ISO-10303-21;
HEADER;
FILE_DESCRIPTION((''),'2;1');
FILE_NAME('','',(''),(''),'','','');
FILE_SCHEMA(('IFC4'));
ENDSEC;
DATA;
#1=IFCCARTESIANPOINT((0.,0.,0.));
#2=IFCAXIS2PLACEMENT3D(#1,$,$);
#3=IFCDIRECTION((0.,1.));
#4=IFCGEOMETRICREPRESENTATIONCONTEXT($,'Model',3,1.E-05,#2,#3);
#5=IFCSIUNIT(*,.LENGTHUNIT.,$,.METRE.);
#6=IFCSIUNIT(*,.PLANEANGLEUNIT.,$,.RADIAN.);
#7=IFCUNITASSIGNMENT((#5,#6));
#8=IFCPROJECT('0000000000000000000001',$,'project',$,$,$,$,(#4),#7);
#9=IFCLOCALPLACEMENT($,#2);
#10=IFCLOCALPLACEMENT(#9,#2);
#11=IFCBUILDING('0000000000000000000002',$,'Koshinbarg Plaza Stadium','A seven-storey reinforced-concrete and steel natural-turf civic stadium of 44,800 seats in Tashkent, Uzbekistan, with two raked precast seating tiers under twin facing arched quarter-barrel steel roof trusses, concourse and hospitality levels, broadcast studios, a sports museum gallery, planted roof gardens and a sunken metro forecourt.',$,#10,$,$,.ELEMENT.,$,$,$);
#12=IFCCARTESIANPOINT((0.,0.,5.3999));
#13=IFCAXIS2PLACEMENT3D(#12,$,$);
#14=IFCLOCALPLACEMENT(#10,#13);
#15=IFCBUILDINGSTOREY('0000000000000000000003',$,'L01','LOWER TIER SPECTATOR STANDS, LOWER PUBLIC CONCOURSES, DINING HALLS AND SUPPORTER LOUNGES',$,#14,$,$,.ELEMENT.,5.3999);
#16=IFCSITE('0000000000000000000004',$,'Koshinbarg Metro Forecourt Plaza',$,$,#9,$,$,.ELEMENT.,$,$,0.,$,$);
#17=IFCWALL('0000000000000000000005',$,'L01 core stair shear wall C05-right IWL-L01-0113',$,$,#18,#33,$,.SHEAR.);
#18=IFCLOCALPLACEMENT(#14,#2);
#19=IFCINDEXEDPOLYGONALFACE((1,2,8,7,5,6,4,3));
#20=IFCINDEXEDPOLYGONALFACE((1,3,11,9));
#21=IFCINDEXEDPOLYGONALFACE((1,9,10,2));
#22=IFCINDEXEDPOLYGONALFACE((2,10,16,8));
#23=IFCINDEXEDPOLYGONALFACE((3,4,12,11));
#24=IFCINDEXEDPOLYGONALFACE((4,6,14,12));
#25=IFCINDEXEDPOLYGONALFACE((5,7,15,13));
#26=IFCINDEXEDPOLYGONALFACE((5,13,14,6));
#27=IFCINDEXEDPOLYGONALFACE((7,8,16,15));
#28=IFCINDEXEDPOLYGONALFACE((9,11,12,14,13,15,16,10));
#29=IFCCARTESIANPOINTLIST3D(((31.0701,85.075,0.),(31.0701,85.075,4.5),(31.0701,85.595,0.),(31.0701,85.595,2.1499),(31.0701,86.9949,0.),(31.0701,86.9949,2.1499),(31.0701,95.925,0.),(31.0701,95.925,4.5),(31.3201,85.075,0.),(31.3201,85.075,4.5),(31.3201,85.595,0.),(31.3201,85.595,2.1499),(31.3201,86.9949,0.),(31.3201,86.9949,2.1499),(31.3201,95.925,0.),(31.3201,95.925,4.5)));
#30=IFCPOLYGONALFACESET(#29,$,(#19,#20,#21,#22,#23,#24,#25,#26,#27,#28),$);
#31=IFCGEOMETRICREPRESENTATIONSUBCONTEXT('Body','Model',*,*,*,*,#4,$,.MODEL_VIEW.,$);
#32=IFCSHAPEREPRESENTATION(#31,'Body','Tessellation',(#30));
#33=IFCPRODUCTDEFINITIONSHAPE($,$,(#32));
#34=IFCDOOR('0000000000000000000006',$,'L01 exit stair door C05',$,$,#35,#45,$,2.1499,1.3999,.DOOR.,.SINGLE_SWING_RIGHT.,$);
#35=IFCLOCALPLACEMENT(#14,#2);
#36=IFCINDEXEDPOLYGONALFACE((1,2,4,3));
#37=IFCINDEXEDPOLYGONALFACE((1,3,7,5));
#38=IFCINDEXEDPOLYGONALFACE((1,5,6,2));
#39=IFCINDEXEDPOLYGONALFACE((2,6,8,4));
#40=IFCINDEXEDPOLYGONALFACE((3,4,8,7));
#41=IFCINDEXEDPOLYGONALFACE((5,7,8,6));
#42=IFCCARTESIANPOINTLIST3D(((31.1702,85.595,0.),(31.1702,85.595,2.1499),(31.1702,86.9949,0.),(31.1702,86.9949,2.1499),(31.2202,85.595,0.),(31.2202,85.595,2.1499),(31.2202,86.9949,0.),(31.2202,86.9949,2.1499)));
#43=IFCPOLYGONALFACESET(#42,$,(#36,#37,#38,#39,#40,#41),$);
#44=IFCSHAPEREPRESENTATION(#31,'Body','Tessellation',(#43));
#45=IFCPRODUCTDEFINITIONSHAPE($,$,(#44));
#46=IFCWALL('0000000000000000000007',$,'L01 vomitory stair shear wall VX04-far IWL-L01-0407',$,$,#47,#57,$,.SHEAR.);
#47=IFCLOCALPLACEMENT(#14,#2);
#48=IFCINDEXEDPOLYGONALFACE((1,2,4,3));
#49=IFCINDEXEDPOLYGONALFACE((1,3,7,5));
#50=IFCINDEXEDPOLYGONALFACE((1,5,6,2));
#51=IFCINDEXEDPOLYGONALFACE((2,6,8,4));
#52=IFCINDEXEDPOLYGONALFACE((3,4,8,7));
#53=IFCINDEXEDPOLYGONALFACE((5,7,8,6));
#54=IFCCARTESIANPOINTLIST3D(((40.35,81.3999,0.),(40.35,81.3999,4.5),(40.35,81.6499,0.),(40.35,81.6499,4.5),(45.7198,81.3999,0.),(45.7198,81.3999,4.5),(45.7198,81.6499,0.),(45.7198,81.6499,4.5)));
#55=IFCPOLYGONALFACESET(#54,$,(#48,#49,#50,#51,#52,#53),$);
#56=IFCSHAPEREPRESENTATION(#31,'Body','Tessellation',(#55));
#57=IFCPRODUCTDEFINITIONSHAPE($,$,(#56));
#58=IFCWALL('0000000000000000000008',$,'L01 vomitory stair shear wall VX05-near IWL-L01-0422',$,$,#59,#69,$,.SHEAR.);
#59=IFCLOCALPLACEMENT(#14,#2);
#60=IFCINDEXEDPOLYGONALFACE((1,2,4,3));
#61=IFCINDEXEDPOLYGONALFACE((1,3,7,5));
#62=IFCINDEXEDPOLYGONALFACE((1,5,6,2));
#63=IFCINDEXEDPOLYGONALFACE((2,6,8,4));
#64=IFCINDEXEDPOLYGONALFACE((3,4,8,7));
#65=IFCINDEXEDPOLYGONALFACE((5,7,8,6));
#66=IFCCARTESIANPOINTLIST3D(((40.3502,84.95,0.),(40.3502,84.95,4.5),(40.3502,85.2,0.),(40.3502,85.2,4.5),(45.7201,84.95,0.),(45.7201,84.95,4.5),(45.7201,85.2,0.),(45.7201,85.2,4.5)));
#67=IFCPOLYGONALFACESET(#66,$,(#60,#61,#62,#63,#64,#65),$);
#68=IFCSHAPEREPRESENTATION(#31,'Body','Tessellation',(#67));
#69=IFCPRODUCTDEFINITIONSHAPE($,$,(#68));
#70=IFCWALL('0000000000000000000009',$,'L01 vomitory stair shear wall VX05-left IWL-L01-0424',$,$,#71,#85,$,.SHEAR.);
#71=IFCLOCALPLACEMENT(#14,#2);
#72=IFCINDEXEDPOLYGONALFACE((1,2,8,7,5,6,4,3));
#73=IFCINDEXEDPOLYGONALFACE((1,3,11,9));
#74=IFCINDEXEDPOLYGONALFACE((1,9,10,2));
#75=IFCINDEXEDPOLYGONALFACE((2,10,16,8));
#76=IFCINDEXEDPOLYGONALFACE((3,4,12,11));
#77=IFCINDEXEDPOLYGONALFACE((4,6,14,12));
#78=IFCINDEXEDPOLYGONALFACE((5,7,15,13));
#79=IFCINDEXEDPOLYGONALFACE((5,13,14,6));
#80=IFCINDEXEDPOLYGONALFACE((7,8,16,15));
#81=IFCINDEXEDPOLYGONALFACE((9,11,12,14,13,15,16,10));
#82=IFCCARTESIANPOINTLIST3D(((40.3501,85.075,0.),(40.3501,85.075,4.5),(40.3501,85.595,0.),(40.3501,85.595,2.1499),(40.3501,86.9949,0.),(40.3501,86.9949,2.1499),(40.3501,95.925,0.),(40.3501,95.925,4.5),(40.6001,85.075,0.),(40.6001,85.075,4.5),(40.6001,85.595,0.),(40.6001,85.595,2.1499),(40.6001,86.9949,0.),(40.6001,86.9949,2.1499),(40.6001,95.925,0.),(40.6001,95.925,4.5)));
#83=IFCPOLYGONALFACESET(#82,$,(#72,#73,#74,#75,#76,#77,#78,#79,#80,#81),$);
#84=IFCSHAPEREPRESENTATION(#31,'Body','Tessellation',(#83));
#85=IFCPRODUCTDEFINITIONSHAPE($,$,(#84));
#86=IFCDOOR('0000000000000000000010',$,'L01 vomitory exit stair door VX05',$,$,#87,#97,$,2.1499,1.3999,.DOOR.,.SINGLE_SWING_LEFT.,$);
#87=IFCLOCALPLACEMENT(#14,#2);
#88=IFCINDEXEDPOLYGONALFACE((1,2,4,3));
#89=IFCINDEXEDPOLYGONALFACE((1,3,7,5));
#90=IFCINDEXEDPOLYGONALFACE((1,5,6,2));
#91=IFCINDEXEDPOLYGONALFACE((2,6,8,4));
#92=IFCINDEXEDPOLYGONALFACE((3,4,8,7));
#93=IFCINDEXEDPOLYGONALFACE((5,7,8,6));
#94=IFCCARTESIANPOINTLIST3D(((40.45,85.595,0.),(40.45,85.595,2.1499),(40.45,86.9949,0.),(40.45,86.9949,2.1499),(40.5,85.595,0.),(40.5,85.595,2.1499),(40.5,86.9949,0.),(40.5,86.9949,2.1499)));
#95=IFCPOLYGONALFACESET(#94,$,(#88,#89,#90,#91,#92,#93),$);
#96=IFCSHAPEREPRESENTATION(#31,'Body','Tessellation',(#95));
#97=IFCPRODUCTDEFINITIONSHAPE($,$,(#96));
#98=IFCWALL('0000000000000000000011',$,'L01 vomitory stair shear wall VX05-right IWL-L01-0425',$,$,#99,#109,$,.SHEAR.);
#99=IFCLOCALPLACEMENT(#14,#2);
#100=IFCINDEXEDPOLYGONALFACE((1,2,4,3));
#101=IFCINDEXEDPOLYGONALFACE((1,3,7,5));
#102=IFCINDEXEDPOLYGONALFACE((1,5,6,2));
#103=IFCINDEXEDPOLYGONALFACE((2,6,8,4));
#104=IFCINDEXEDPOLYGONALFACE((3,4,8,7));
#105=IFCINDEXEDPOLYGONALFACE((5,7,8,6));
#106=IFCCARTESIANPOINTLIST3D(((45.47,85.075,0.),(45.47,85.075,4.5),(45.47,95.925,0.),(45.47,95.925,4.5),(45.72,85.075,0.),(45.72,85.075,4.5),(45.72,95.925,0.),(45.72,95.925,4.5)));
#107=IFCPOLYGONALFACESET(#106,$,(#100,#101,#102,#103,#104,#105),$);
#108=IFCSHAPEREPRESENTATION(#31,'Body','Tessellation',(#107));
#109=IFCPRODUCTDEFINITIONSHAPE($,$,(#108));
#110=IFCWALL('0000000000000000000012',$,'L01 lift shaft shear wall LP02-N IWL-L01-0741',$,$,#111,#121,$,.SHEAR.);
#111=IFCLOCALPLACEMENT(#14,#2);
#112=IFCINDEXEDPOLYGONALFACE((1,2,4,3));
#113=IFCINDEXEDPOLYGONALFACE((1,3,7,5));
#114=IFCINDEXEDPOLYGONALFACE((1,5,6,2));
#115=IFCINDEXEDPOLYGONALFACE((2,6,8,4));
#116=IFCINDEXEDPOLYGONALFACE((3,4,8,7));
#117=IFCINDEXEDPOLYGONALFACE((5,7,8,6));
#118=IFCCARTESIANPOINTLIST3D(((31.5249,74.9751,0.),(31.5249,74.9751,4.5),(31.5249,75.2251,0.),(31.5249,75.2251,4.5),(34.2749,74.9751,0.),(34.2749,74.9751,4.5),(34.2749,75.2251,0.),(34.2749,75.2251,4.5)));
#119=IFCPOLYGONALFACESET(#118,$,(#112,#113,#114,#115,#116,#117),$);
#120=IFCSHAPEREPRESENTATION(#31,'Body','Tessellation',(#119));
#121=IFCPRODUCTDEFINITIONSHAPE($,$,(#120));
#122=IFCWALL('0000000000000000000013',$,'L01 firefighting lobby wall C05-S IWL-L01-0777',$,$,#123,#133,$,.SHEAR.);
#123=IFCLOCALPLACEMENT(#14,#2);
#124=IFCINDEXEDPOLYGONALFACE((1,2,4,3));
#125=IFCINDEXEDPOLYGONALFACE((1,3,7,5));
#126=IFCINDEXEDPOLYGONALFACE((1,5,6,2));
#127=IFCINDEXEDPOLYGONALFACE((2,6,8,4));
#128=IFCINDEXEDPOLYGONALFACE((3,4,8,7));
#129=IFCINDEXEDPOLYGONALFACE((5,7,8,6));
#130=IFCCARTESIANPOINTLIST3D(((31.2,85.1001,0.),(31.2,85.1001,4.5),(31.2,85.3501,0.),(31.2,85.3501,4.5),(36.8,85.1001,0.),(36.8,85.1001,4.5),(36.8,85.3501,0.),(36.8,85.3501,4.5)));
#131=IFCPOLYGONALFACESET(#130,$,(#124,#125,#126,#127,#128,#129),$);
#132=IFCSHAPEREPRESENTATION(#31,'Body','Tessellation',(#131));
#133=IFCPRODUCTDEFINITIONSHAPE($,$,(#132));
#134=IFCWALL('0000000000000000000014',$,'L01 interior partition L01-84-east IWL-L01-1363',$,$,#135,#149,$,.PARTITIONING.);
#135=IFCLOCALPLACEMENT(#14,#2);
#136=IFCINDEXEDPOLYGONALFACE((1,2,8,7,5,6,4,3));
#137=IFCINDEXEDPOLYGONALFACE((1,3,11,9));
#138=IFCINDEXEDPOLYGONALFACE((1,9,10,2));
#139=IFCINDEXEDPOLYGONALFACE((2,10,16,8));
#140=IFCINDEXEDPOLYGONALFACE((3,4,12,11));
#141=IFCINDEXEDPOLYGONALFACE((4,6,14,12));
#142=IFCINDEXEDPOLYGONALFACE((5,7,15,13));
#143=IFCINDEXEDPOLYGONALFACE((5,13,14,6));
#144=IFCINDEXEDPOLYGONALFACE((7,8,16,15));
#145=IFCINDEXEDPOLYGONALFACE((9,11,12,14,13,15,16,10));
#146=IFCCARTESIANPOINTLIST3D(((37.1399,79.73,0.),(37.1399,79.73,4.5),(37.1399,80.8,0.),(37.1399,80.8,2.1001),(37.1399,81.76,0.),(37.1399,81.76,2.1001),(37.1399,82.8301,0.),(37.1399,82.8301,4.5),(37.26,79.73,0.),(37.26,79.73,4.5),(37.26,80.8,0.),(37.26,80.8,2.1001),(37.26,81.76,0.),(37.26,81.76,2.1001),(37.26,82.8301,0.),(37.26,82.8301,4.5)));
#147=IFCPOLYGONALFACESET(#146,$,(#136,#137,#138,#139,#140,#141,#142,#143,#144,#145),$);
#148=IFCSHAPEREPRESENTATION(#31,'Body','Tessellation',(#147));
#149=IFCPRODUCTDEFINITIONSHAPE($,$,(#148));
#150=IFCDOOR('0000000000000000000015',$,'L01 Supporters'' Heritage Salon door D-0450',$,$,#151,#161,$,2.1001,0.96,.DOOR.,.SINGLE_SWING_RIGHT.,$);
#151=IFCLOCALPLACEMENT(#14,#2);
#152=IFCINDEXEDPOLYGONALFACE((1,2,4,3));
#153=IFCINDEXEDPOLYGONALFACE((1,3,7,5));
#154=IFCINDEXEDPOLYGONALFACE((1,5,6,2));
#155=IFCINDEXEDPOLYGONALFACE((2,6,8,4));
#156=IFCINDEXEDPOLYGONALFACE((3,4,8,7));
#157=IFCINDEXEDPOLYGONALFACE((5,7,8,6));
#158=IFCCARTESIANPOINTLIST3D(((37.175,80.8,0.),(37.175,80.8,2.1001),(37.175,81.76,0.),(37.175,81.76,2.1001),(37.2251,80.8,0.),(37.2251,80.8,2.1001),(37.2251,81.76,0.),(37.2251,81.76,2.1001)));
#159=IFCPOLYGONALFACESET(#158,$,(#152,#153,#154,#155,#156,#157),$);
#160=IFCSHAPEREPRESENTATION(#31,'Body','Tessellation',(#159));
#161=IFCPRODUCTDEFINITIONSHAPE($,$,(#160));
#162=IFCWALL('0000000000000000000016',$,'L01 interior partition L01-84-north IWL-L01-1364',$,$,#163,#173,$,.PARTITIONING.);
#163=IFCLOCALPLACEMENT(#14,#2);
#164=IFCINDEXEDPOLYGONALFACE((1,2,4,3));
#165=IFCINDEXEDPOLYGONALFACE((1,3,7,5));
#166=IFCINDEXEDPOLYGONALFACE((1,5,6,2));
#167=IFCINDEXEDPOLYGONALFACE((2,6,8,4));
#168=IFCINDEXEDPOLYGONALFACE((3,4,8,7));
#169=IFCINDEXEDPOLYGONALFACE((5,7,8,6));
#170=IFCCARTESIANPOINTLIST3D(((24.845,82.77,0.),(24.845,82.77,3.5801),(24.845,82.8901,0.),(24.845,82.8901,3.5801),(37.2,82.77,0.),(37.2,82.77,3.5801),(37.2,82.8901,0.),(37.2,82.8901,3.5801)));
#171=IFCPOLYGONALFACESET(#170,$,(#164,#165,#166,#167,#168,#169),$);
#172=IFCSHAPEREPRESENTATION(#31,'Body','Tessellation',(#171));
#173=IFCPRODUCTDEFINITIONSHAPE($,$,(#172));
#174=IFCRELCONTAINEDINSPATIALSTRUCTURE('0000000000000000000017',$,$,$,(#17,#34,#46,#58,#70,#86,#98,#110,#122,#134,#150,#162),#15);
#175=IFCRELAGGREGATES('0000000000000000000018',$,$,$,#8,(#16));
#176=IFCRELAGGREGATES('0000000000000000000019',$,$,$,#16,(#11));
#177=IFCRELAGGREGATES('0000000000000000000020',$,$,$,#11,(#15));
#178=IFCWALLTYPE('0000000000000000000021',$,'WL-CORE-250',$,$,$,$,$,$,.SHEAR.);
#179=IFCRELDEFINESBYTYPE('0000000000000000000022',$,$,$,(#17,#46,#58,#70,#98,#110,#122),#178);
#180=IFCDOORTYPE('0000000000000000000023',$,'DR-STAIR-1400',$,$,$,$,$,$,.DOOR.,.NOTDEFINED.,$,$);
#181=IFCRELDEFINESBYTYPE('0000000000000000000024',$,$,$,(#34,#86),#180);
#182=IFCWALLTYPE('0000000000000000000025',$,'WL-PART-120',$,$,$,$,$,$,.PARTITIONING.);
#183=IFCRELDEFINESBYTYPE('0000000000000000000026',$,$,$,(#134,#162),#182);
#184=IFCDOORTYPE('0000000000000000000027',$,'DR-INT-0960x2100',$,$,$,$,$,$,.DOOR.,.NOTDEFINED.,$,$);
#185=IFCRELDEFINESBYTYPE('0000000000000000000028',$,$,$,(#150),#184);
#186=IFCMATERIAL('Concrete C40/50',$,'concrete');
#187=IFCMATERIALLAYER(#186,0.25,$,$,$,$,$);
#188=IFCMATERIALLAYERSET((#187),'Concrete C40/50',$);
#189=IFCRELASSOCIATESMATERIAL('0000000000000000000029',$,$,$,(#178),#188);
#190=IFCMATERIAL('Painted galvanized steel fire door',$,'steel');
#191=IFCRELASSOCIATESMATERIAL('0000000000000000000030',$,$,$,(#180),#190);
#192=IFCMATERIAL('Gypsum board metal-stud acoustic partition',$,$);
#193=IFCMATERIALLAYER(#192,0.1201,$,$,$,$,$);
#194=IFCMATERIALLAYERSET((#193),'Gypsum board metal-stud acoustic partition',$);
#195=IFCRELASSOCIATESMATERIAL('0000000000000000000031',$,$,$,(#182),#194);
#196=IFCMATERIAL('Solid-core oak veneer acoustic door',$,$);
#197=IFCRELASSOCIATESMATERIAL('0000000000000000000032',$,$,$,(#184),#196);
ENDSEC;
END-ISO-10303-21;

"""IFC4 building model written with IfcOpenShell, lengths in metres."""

from ifc_helpers import new_model, si_unit, direction, frame, frame_2d, origin, place, context, subcontext, project, spatial, rectangle, extrude, material, layer, layer_set, type_object, element, fill, save


model = new_model("IFC4")

# Units and contexts
model_context = context("Model", 3, precision=1e-05, world=origin(), true_north=direction((0.0, 1.0)))
body_context = subcontext(model_context, "Body", "Model", "MODEL_VIEW")
ifc_project = project(units=[si_unit("LENGTHUNIT", "METRE"), si_unit("PLANEANGLEUNIT", "RADIAN")], contexts=[model_context])

# Site, building, storey
site_placement = place(None, origin())
site = spatial("IfcSite", under=ifc_project, at=site_placement, Name="Koshinbarg Metro Forecourt Plaza", CompositionType="ELEMENT", RefElevation=0.0)
building_placement = place(site_placement, origin())
building = spatial("IfcBuilding", under=site, at=building_placement, Name="Koshinbarg Plaza Stadium", Description="A seven-storey reinforced-concrete and steel natural-turf civic stadium of 44,800 seats in Tashkent, Uzbekistan, with two raked precast seating tiers under twin facing arched quarter-barrel steel roof trusses, concourse and hospitality levels, broadcast studios, a sports museum gallery, planted roof gardens and a sunken metro forecourt.", CompositionType="ELEMENT")
storey_placement = place(building_placement, frame((0.0, 0.0, 5.3999)))
storey = spatial("IfcBuildingStorey", under=building, at=storey_placement, Name="L01", Description="LOWER TIER SPECTATOR STANDS, LOWER PUBLIC CONCOURSES, DINING HALLS AND SUPPORTER LOUNGES", CompositionType="ELEMENT", Elevation=5.3999)

# Shared definitions
ifc_material_1 = material(Name="Concrete C40/50", Category="concrete")

# Shared definitions
ifc_layer_1 = layer(ifc_material_1, 0.25)
ifc_layer_set_1 = layer_set([ifc_layer_1], Name="Concrete C40/50")
wall_type_1 = type_object("IfcWallType", Name="WL-CORE-250", PredefinedType="SHEAR", material=ifc_layer_set_1)

# Wall, opening, door
wall_1_placement = place(storey_placement, frame((31.1951, 85.075, 0.0), z_axis=(0.0, 0.0, 1.0), x_axis=(0.0, 1.0, 0.0)))
wall_1 = element("IfcWall", 1, at=wall_1_placement, inside=storey, type_object=wall_type_1, Name="L01 core stair shear wall C05-right IWL-L01-0113", PredefinedType="SHEAR", context=body_context, shape_type="SweptSolid", body=[
    extrude(rectangle(XDim=10.8501, YDim=0.25, at=frame_2d((5.425, 0.0))), origin(), (0.0, 0.0, 1.0), 4.5),
])
opening_1_placement = place(wall_1_placement, frame((0.52, 0.0, 0.0)))
opening_1 = element("IfcOpeningElement", 2, at=opening_1_placement, cuts=wall_1, PredefinedType="OPENING", context=body_context, shape_type="SweptSolid", body=[
    extrude(rectangle(XDim=1.3999, YDim=2.1499, at=frame_2d((0.7, 1.075))), frame((0.0, 0.135, 0.0), z_axis=(0.0, -1.0, 0.0), x_axis=(1.0, 0.0, 0.0)), (0.0, 0.0, 1.0), 0.27),
])
ifc_material_2 = material(Name="Painted galvanized steel fire door", Category="steel")
door_type_1 = type_object("IfcDoorType", Name="DR-STAIR-1400", OperationType="NOTDEFINED", PredefinedType="DOOR", material=ifc_material_2)
door_1_placement = place(opening_1_placement, origin())
door_1 = element("IfcDoor", 3, at=door_1_placement, inside=storey, type_object=door_type_1, Name="L01 exit stair door C05", OperationType="SINGLE_SWING_RIGHT", OverallHeight=2.1499, OverallWidth=1.3999, PredefinedType="DOOR", context=body_context, shape_type="SweptSolid", body=[
    extrude(rectangle(XDim=1.3999, YDim=2.1499, at=frame_2d((0.7, 1.075))), frame((0.0, 0.0249, 0.0), z_axis=(0.0, -1.0, 0.0), x_axis=(1.0, 0.0, 0.0)), (0.0, 0.0, 1.0), 0.05),
])
fill(opening_1, door_1)

# Walls
for number, where, z_axis, x_axis, name in (
    (4, (45.72, 81.5249, 0.0), (0.0, 0.0, 1.0), (-1.0, 0.0, 0.0), "L01 vomitory stair shear wall VX04-far IWL-L01-0407"),
    (5, (40.3501, 85.075, 0.0), (0.0, 0.0, 1.0), (1.0, 0.0, 0.0), "L01 vomitory stair shear wall VX05-near IWL-L01-0422"),
):
    element("IfcWall", number, at=place(storey_placement, frame(where, z_axis=z_axis, x_axis=x_axis)), inside=storey, type_object=wall_type_1, Name=name, PredefinedType="SHEAR", context=body_context, shape_type="SweptSolid", body=[
        extrude(rectangle(XDim=5.3699, YDim=0.25, at=frame_2d((2.6851, 0.0))), origin(), (0.0, 0.0, 1.0), 4.5),
    ])

# Wall, opening, door
wall_2_placement = place(storey_placement, frame((40.4751, 85.075, 0.0), z_axis=(0.0, 0.0, 1.0), x_axis=(0.0, 1.0, 0.0)))
wall_2 = element("IfcWall", 6, at=wall_2_placement, inside=storey, type_object=wall_type_1, Name="L01 vomitory stair shear wall VX05-left IWL-L01-0424", PredefinedType="SHEAR", context=body_context, shape_type="SweptSolid", body=[
    extrude(rectangle(XDim=10.8501, YDim=0.25, at=frame_2d((5.425, 0.0))), origin(), (0.0, 0.0, 1.0), 4.5),
])
opening_2_placement = place(wall_2_placement, frame((0.52, 0.0, 0.0)))
opening_2 = element("IfcOpeningElement", 7, at=opening_2_placement, cuts=wall_2, PredefinedType="OPENING", context=body_context, shape_type="SweptSolid", body=[
    extrude(rectangle(XDim=1.3999, YDim=2.1499, at=frame_2d((0.7, 1.075))), frame((0.0, 0.135, 0.0), z_axis=(0.0, -1.0, 0.0), x_axis=(1.0, 0.0, 0.0)), (0.0, 0.0, 1.0), 0.27),
])
door_2_placement = place(opening_2_placement, frame((1.3999, 0.0, 0.0), z_axis=(0.0, 0.0, 1.0), x_axis=(-1.0, 0.0, 0.0)))
door_2 = element("IfcDoor", 8, at=door_2_placement, inside=storey, type_object=door_type_1, Name="L01 vomitory exit stair door VX05", OperationType="SINGLE_SWING_LEFT", OverallHeight=2.1499, OverallWidth=1.3999, PredefinedType="DOOR", context=body_context, shape_type="SweptSolid", body=[
    extrude(rectangle(XDim=1.3999, YDim=2.1499, at=frame_2d((0.7, 1.075))), frame((0.0, 0.0249, 0.0), z_axis=(0.0, -1.0, 0.0), x_axis=(1.0, 0.0, 0.0)), (0.0, 0.0, 1.0), 0.05),
])
fill(opening_2, door_2)

# Walls
wall_3_placement = place(storey_placement, frame((45.595, 85.075, 0.0), z_axis=(0.0, 0.0, 1.0), x_axis=(0.0, 1.0, 0.0)))
element("IfcWall", 9, at=wall_3_placement, inside=storey, type_object=wall_type_1, Name="L01 vomitory stair shear wall VX05-right IWL-L01-0425", PredefinedType="SHEAR", context=body_context, shape_type="SweptSolid", body=[
    extrude(rectangle(XDim=10.8501, YDim=0.25, at=frame_2d((5.425, 0.0))), origin(), (0.0, 0.0, 1.0), 4.5),
])
wall_4_placement = place(storey_placement, frame((34.2749, 75.1001, 0.0), z_axis=(0.0, 0.0, 1.0), x_axis=(-1.0, 0.0, 0.0)))
element("IfcWall", 10, at=wall_4_placement, inside=storey, type_object=wall_type_1, Name="L01 lift shaft shear wall LP02-N IWL-L01-0741", PredefinedType="SHEAR", context=body_context, shape_type="SweptSolid", body=[
    extrude(rectangle(XDim=2.75, YDim=0.25, at=frame_2d((1.375, 0.0))), origin(), (0.0, 0.0, 1.0), 4.5),
])

# Wall
wall_5_placement = place(storey_placement, frame((31.2, 85.2251, 0.0), z_axis=(0.0, 0.0, 1.0), x_axis=(1.0, 0.0, 0.0)))
element("IfcWall", 11, at=wall_5_placement, inside=storey, type_object=wall_type_1, Name="L01 firefighting lobby wall C05-S IWL-L01-0777", PredefinedType="SHEAR", context=body_context, shape_type="SweptSolid", body=[
    extrude(rectangle(XDim=5.6001, YDim=0.25, at=frame_2d((2.8, 0.0))), origin(), (0.0, 0.0, 1.0), 4.5),
])

# Wall, opening, door
ifc_material_3 = material(Name="Gypsum board metal-stud acoustic partition")
ifc_layer_2 = layer(ifc_material_3, 0.1201)
ifc_layer_set_2 = layer_set([ifc_layer_2], Name="Gypsum board metal-stud acoustic partition")
wall_type_2 = type_object("IfcWallType", Name="WL-PART-120", PredefinedType="PARTITIONING", material=ifc_layer_set_2)
wall_6_placement = place(storey_placement, frame((37.2, 79.73, 0.0), z_axis=(0.0, 0.0, 1.0), x_axis=(0.0, 1.0, 0.0)))
wall_6 = element("IfcWall", 12, at=wall_6_placement, inside=storey, type_object=wall_type_2, Name="L01 interior partition L01-84-east IWL-L01-1363", PredefinedType="PARTITIONING", context=body_context, shape_type="SweptSolid", body=[
    extrude(rectangle(XDim=3.1001, YDim=0.1201, at=frame_2d((1.55, 0.0))), origin(), (0.0, 0.0, 1.0), 4.5),
])
opening_3_placement = place(wall_6_placement, frame((1.0701, 0.0, 0.0)))
opening_3 = element("IfcOpeningElement", 13, at=opening_3_placement, cuts=wall_6, PredefinedType="OPENING", context=body_context, shape_type="SweptSolid", body=[
    extrude(rectangle(XDim=0.96, YDim=2.1001, at=frame_2d((0.48, 1.05))), frame((0.0, 0.0701, 0.0), z_axis=(0.0, -1.0, 0.0), x_axis=(1.0, 0.0, 0.0)), (0.0, 0.0, 1.0), 0.1401),
])
ifc_material_4 = material(Name="Solid-core oak veneer acoustic door")
door_type_2 = type_object("IfcDoorType", Name="DR-INT-0960x2100", OperationType="NOTDEFINED", PredefinedType="DOOR", material=ifc_material_4)
door_3_placement = place(opening_3_placement, origin())
door_3 = element("IfcDoor", 14, at=door_3_placement, inside=storey, type_object=door_type_2, Name="L01 Supporters' Heritage Salon door D-0450", OperationType="SINGLE_SWING_RIGHT", OverallHeight=2.1001, OverallWidth=0.96, PredefinedType="DOOR", context=body_context, shape_type="SweptSolid", body=[
    extrude(rectangle(XDim=0.96, YDim=2.1001, at=frame_2d((0.48, 1.05))), frame((0.0, 0.0249, 0.0), z_axis=(0.0, -1.0, 0.0), x_axis=(1.0, 0.0, 0.0)), (0.0, 0.0, 1.0), 0.05),
])
fill(opening_3, door_3)

# Wall
wall_7_placement = place(storey_placement, frame((37.2, 82.8301, 0.0), z_axis=(0.0, 0.0, 1.0), x_axis=(-1.0, 0.0, 0.0)))
element("IfcWall", 15, at=wall_7_placement, inside=storey, type_object=wall_type_2, Name="L01 interior partition L01-84-north IWL-L01-1364", PredefinedType="PARTITIONING", context=body_context, shape_type="SweptSolid", body=[
    extrude(rectangle(XDim=12.355, YDim=0.1201, at=frame_2d((6.1775, 0.0))), origin(), (0.0, 0.0, 1.0), 3.5801),
])

save(model, "model.ifc")
